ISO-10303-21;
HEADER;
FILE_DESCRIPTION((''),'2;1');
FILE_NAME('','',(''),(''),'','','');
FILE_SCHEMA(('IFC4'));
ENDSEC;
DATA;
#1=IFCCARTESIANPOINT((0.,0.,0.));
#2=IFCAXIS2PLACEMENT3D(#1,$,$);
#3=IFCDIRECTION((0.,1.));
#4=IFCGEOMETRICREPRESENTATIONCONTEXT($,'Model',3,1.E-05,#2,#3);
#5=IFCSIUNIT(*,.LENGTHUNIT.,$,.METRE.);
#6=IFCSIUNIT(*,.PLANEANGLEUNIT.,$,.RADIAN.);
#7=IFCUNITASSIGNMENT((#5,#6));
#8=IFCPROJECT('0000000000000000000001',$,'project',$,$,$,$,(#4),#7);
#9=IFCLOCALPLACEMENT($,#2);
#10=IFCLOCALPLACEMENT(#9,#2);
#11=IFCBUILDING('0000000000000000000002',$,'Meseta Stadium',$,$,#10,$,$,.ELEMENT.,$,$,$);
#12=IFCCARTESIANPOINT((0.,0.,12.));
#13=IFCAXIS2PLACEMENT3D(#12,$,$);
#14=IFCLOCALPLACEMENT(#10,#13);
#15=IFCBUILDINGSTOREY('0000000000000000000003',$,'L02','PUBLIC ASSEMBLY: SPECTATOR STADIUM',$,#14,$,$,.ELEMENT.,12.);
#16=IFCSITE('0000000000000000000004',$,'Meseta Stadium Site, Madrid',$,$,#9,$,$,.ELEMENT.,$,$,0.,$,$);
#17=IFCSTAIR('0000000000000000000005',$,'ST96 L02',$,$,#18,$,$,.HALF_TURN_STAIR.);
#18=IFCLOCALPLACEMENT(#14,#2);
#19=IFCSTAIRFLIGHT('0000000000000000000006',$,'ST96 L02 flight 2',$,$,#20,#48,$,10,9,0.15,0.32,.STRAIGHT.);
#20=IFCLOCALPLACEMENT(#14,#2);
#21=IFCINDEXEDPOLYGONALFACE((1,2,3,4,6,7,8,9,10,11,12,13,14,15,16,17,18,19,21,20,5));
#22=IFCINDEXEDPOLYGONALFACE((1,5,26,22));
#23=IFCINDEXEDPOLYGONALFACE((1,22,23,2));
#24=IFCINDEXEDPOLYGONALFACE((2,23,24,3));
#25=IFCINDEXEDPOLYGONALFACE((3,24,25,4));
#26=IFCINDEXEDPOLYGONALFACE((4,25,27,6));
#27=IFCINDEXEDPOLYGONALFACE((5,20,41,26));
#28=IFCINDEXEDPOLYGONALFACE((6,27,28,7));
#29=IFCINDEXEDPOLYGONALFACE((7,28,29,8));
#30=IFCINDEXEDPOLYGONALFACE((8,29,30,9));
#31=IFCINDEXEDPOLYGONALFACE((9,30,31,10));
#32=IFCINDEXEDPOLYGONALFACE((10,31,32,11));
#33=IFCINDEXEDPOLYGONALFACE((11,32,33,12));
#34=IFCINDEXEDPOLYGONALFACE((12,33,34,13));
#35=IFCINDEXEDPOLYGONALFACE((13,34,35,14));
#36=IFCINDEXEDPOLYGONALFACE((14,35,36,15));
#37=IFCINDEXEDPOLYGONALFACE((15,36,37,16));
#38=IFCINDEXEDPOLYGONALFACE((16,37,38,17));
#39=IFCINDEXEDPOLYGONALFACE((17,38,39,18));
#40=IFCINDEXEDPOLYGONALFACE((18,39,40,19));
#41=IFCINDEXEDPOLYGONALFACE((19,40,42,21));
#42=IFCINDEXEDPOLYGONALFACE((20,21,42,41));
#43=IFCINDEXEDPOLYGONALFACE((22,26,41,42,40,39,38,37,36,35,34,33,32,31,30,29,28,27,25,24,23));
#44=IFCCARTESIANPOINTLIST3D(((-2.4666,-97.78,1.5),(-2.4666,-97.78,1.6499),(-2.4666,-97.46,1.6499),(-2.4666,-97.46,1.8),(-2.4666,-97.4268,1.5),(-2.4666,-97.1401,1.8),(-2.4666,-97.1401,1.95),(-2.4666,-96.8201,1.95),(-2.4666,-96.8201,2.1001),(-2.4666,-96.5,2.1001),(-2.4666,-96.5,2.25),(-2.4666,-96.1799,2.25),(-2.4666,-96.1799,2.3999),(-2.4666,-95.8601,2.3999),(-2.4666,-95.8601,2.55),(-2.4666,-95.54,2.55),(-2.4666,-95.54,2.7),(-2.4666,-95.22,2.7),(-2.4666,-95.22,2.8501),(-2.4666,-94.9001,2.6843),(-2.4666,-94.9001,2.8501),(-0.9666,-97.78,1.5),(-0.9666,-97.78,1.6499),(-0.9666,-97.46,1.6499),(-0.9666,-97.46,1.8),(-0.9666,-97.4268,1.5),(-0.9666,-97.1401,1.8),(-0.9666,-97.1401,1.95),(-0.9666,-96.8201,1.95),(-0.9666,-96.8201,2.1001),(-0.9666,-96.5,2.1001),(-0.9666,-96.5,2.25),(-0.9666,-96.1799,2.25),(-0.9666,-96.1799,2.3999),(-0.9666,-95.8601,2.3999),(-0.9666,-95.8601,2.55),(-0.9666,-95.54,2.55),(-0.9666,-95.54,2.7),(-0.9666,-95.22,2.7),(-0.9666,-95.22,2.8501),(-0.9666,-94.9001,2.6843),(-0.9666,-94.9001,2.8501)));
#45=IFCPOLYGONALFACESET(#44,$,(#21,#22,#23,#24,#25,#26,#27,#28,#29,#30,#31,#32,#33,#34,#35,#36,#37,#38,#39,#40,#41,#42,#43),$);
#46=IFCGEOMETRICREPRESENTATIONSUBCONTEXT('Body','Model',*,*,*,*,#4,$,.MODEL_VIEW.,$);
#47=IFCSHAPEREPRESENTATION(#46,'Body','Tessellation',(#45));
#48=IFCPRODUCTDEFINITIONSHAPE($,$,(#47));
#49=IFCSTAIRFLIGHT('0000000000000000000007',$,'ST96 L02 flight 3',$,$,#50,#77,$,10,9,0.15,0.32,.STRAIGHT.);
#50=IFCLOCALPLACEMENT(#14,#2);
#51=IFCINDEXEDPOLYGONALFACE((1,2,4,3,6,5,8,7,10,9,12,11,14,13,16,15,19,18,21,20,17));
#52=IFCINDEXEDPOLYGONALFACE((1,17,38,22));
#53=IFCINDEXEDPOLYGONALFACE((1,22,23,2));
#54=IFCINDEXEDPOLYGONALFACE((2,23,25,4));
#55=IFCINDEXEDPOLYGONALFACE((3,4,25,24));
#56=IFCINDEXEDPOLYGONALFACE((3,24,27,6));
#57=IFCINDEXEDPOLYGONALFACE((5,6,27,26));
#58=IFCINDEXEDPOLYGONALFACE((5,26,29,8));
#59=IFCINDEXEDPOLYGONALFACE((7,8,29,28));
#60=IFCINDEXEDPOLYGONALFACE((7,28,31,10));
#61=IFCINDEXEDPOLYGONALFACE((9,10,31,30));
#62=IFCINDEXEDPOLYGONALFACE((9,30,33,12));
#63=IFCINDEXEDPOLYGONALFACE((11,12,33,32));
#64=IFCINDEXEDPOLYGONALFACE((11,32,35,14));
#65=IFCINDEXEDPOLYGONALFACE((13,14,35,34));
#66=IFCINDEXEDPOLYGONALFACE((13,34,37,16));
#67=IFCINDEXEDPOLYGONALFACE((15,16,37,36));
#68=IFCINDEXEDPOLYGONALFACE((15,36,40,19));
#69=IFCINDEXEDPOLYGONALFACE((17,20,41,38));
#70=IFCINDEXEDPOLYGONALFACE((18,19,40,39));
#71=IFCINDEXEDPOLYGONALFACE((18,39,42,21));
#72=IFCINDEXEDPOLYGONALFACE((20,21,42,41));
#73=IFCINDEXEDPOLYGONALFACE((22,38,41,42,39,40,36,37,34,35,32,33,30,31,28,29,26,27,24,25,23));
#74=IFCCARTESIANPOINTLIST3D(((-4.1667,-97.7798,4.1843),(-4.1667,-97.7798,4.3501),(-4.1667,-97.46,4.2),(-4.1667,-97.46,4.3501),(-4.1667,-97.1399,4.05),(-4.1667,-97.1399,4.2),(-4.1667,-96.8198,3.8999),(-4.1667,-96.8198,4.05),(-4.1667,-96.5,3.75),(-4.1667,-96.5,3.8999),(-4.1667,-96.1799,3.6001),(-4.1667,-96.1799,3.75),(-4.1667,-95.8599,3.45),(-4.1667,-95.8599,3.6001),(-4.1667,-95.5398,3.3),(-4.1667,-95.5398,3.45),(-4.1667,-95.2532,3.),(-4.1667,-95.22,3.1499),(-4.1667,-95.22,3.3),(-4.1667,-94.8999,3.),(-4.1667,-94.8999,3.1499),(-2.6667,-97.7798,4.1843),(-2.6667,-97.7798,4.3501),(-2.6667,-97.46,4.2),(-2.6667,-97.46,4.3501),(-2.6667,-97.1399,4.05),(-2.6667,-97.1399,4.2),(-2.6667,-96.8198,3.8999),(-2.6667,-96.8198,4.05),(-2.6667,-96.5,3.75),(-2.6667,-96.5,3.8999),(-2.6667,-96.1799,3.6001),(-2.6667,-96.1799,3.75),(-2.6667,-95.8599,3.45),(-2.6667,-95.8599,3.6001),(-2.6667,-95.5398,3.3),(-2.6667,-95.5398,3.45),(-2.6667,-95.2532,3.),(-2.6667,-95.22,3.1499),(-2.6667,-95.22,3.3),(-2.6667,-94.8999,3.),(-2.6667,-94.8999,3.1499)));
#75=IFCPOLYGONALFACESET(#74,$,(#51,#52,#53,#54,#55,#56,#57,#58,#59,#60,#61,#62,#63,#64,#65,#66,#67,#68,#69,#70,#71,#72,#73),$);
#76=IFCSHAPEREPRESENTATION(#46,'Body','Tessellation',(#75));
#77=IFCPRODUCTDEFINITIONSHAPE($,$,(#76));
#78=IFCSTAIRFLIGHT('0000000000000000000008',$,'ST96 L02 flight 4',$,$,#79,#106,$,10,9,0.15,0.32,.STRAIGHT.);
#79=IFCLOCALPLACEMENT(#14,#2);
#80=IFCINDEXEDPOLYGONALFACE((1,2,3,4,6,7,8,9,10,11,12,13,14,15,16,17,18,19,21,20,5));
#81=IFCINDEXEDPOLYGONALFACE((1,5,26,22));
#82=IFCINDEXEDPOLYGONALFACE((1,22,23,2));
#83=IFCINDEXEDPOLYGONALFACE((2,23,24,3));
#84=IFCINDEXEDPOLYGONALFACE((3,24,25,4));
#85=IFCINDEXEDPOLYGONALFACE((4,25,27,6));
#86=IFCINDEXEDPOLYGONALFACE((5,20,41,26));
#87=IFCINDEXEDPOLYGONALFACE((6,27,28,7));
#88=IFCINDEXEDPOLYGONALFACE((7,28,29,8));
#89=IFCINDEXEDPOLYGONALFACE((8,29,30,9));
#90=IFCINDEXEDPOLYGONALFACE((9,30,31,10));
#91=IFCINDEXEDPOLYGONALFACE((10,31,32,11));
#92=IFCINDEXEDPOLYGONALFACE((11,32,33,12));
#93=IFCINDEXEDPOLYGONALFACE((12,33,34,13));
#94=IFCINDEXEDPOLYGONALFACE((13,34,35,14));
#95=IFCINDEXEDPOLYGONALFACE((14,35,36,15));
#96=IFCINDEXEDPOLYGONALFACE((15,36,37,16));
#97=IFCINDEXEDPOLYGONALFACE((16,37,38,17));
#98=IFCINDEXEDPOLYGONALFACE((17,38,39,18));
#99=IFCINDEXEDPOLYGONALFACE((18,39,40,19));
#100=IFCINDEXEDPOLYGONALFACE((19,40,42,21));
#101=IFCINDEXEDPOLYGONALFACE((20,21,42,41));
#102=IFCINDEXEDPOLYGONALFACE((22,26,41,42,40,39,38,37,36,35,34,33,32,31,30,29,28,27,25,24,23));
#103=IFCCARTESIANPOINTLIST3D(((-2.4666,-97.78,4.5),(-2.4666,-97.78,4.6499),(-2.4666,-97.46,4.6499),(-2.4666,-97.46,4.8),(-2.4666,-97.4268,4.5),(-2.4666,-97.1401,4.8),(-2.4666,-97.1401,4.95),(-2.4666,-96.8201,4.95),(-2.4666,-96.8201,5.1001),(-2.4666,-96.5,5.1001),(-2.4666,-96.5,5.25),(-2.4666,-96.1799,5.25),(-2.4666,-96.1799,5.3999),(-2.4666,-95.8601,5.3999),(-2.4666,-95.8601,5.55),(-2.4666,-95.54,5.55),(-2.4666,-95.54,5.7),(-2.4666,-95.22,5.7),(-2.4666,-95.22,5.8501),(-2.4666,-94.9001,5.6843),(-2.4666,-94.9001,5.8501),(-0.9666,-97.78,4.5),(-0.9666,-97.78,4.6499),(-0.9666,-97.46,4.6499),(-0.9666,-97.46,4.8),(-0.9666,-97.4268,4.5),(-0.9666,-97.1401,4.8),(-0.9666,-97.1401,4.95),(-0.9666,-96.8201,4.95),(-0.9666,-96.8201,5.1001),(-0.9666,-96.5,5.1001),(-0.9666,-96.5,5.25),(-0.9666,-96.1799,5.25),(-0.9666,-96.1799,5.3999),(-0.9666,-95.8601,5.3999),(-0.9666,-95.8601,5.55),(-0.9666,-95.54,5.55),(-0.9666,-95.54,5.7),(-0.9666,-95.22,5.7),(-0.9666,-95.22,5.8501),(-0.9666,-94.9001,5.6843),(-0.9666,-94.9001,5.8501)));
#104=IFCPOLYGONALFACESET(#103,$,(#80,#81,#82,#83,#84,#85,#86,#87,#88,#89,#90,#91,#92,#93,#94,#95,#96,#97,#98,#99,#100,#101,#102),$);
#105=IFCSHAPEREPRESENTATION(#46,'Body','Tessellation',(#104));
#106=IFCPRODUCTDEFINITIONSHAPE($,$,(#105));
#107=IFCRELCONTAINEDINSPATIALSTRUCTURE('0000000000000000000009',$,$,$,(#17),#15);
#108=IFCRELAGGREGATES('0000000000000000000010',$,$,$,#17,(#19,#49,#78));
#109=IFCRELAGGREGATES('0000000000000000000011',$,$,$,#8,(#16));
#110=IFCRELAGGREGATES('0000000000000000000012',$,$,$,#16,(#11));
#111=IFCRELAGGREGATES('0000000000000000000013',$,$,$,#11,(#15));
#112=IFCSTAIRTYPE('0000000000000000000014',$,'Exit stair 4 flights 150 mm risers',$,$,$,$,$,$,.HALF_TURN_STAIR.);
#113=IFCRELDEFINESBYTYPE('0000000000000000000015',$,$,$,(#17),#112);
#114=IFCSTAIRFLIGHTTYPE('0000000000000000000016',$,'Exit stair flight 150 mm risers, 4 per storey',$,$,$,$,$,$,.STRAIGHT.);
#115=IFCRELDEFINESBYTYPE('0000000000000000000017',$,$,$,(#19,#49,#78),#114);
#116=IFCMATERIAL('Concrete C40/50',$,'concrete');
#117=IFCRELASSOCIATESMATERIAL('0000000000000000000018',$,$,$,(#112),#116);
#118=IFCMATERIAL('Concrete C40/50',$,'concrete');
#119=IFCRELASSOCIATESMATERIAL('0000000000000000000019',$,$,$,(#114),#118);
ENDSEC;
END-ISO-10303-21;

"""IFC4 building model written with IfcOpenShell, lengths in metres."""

from ifc_helpers import new_model, si_unit, direction, frame, origin, place, context, subcontext, project, spatial, polyline, outline, extrude, material, type_object, element, aggregate, save


model = new_model("IFC4")

# Units and contexts
model_context = context("Model", 3, precision=1e-05, world=origin(), true_north=direction((0.0, 1.0)))
body_context = subcontext(model_context, "Body", "Model", "MODEL_VIEW")
ifc_project = project(units=[si_unit("LENGTHUNIT", "METRE"), si_unit("PLANEANGLEUNIT", "RADIAN")], contexts=[model_context])

# Site, building, storey
site_placement = place(None, origin())
site = spatial("IfcSite", under=ifc_project, at=site_placement, Name="Meseta Stadium Site, Madrid", CompositionType="ELEMENT", RefElevation=0.0)
building_placement = place(site_placement, origin())
building = spatial("IfcBuilding", under=site, at=building_placement, Name="Meseta Stadium", CompositionType="ELEMENT")
storey_placement = place(building_placement, frame((0.0, 0.0, 12.0)))
storey = spatial("IfcBuildingStorey", under=building, at=storey_placement, Name="L02", Description="PUBLIC ASSEMBLY: SPECTATOR STADIUM", CompositionType="ELEMENT", Elevation=12.0)

# Stair, stair flights
ifc_material_1 = material(Name="Concrete C40/50", Category="concrete")
stair_type = type_object("IfcStairType", Name="Exit stair 4 flights 150 mm risers", PredefinedType="HALF_TURN_STAIR", material=ifc_material_1)
ifc_material_2 = material(Name="Concrete C40/50", Category="concrete")
stair_flight_type = type_object("IfcStairFlightType", Name="Exit stair flight 150 mm risers, 4 per storey", PredefinedType="STRAIGHT", material=ifc_material_2)
stair_1_placement = place(storey_placement, origin())
stair_1 = element("IfcStair", 1, at=stair_1_placement, inside=storey, type_object=stair_type, Name="ST96 L02", PredefinedType="HALF_TURN_STAIR")
stair_flight_1_placement = place(storey_placement, frame((-1.7166, -97.78, 1.5), z_axis=(0.0, 0.0, 1.0), x_axis=(0.0, 1.0, 0.0)))
stair_flight_1 = element("IfcStairFlight", 2, at=stair_flight_1_placement, type_object=stair_flight_type, Name="ST96 L02 flight 2", NumberOfRisers=10, NumberOfTreads=9, PredefinedType="STRAIGHT", RiserHeight=0.15, TreadLength=0.32, context=body_context, shape_type="SweptSolid", body=[
    extrude(outline(polyline([(0.0, 0.0), (0.0, 0.1499), (0.3201, 0.1499), (0.3201, 0.3), (0.6399, 0.3), (0.6399, 0.45), (0.96, 0.45), (0.96, 0.6001), (1.28, 0.6001), (1.28, 0.75), (1.6001, 0.75), (1.6001, 0.8999), (1.9199, 0.8999), (1.9199, 1.05), (2.24, 1.05), (2.24, 1.2), (2.5601, 1.2), (2.5601, 1.3501), (2.8799, 1.3501), (2.8799, 1.1843), (0.3533, 0.0), (0.0, 0.0)])), frame((0.0, 0.75, 0.0), z_axis=(0.0, -1.0, 0.0), x_axis=(1.0, 0.0, 0.0)), (0.0, 0.0, 1.0), 1.5),
])
stair_flight_2_placement = place(storey_placement, frame((-3.4167, -94.8999, 3.0), z_axis=(0.0, 0.0, 1.0), x_axis=(0.0, -1.0, 0.0)))
stair_flight_2 = element("IfcStairFlight", 3, at=stair_flight_2_placement, type_object=stair_flight_type, Name="ST96 L02 flight 3", NumberOfRisers=10, NumberOfTreads=9, PredefinedType="STRAIGHT", RiserHeight=0.15, TreadLength=0.32, context=body_context, shape_type="SweptSolid", body=[
    extrude(outline(polyline([(0.0, 0.0), (0.0, 0.1499), (0.3201, 0.1499), (0.3201, 0.3), (0.6399, 0.3), (0.6399, 0.45), (0.96, 0.45), (0.96, 0.6001), (1.28, 0.6001), (1.28, 0.75), (1.6001, 0.75), (1.6001, 0.8999), (1.9199, 0.8999), (1.9199, 1.05), (2.24, 1.05), (2.24, 1.2), (2.5601, 1.2), (2.5601, 1.3501), (2.8799, 1.3501), (2.8799, 1.1843), (0.3533, 0.0), (0.0, 0.0)])), frame((0.0, 0.75, 0.0), z_axis=(0.0, -1.0, 0.0), x_axis=(1.0, 0.0, 0.0)), (0.0, 0.0, 1.0), 1.5),
])
stair_flight_3_placement = place(storey_placement, frame((-1.7166, -97.78, 4.5), z_axis=(0.0, 0.0, 1.0), x_axis=(0.0, 1.0, 0.0)))
stair_flight_3 = element("IfcStairFlight", 4, at=stair_flight_3_placement, type_object=stair_flight_type, Name="ST96 L02 flight 4", NumberOfRisers=10, NumberOfTreads=9, PredefinedType="STRAIGHT", RiserHeight=0.15, TreadLength=0.32, context=body_context, shape_type="SweptSolid", body=[
    extrude(outline(polyline([(0.0, 0.0), (0.0, 0.1499), (0.3201, 0.1499), (0.3201, 0.3), (0.6399, 0.3), (0.6399, 0.45), (0.96, 0.45), (0.96, 0.6001), (1.28, 0.6001), (1.28, 0.75), (1.6001, 0.75), (1.6001, 0.8999), (1.9199, 0.8999), (1.9199, 1.05), (2.24, 1.05), (2.24, 1.2), (2.5601, 1.2), (2.5601, 1.3501), (2.8799, 1.3501), (2.8799, 1.1843), (0.3533, 0.0), (0.0, 0.0)])), frame((0.0, 0.75, 0.0), z_axis=(0.0, -1.0, 0.0), x_axis=(1.0, 0.0, 0.0)), (0.0, 0.0, 1.0), 1.5),
])
aggregate(stair_1, [stair_flight_1, stair_flight_2, stair_flight_3])

save(model, "model.ifc")
